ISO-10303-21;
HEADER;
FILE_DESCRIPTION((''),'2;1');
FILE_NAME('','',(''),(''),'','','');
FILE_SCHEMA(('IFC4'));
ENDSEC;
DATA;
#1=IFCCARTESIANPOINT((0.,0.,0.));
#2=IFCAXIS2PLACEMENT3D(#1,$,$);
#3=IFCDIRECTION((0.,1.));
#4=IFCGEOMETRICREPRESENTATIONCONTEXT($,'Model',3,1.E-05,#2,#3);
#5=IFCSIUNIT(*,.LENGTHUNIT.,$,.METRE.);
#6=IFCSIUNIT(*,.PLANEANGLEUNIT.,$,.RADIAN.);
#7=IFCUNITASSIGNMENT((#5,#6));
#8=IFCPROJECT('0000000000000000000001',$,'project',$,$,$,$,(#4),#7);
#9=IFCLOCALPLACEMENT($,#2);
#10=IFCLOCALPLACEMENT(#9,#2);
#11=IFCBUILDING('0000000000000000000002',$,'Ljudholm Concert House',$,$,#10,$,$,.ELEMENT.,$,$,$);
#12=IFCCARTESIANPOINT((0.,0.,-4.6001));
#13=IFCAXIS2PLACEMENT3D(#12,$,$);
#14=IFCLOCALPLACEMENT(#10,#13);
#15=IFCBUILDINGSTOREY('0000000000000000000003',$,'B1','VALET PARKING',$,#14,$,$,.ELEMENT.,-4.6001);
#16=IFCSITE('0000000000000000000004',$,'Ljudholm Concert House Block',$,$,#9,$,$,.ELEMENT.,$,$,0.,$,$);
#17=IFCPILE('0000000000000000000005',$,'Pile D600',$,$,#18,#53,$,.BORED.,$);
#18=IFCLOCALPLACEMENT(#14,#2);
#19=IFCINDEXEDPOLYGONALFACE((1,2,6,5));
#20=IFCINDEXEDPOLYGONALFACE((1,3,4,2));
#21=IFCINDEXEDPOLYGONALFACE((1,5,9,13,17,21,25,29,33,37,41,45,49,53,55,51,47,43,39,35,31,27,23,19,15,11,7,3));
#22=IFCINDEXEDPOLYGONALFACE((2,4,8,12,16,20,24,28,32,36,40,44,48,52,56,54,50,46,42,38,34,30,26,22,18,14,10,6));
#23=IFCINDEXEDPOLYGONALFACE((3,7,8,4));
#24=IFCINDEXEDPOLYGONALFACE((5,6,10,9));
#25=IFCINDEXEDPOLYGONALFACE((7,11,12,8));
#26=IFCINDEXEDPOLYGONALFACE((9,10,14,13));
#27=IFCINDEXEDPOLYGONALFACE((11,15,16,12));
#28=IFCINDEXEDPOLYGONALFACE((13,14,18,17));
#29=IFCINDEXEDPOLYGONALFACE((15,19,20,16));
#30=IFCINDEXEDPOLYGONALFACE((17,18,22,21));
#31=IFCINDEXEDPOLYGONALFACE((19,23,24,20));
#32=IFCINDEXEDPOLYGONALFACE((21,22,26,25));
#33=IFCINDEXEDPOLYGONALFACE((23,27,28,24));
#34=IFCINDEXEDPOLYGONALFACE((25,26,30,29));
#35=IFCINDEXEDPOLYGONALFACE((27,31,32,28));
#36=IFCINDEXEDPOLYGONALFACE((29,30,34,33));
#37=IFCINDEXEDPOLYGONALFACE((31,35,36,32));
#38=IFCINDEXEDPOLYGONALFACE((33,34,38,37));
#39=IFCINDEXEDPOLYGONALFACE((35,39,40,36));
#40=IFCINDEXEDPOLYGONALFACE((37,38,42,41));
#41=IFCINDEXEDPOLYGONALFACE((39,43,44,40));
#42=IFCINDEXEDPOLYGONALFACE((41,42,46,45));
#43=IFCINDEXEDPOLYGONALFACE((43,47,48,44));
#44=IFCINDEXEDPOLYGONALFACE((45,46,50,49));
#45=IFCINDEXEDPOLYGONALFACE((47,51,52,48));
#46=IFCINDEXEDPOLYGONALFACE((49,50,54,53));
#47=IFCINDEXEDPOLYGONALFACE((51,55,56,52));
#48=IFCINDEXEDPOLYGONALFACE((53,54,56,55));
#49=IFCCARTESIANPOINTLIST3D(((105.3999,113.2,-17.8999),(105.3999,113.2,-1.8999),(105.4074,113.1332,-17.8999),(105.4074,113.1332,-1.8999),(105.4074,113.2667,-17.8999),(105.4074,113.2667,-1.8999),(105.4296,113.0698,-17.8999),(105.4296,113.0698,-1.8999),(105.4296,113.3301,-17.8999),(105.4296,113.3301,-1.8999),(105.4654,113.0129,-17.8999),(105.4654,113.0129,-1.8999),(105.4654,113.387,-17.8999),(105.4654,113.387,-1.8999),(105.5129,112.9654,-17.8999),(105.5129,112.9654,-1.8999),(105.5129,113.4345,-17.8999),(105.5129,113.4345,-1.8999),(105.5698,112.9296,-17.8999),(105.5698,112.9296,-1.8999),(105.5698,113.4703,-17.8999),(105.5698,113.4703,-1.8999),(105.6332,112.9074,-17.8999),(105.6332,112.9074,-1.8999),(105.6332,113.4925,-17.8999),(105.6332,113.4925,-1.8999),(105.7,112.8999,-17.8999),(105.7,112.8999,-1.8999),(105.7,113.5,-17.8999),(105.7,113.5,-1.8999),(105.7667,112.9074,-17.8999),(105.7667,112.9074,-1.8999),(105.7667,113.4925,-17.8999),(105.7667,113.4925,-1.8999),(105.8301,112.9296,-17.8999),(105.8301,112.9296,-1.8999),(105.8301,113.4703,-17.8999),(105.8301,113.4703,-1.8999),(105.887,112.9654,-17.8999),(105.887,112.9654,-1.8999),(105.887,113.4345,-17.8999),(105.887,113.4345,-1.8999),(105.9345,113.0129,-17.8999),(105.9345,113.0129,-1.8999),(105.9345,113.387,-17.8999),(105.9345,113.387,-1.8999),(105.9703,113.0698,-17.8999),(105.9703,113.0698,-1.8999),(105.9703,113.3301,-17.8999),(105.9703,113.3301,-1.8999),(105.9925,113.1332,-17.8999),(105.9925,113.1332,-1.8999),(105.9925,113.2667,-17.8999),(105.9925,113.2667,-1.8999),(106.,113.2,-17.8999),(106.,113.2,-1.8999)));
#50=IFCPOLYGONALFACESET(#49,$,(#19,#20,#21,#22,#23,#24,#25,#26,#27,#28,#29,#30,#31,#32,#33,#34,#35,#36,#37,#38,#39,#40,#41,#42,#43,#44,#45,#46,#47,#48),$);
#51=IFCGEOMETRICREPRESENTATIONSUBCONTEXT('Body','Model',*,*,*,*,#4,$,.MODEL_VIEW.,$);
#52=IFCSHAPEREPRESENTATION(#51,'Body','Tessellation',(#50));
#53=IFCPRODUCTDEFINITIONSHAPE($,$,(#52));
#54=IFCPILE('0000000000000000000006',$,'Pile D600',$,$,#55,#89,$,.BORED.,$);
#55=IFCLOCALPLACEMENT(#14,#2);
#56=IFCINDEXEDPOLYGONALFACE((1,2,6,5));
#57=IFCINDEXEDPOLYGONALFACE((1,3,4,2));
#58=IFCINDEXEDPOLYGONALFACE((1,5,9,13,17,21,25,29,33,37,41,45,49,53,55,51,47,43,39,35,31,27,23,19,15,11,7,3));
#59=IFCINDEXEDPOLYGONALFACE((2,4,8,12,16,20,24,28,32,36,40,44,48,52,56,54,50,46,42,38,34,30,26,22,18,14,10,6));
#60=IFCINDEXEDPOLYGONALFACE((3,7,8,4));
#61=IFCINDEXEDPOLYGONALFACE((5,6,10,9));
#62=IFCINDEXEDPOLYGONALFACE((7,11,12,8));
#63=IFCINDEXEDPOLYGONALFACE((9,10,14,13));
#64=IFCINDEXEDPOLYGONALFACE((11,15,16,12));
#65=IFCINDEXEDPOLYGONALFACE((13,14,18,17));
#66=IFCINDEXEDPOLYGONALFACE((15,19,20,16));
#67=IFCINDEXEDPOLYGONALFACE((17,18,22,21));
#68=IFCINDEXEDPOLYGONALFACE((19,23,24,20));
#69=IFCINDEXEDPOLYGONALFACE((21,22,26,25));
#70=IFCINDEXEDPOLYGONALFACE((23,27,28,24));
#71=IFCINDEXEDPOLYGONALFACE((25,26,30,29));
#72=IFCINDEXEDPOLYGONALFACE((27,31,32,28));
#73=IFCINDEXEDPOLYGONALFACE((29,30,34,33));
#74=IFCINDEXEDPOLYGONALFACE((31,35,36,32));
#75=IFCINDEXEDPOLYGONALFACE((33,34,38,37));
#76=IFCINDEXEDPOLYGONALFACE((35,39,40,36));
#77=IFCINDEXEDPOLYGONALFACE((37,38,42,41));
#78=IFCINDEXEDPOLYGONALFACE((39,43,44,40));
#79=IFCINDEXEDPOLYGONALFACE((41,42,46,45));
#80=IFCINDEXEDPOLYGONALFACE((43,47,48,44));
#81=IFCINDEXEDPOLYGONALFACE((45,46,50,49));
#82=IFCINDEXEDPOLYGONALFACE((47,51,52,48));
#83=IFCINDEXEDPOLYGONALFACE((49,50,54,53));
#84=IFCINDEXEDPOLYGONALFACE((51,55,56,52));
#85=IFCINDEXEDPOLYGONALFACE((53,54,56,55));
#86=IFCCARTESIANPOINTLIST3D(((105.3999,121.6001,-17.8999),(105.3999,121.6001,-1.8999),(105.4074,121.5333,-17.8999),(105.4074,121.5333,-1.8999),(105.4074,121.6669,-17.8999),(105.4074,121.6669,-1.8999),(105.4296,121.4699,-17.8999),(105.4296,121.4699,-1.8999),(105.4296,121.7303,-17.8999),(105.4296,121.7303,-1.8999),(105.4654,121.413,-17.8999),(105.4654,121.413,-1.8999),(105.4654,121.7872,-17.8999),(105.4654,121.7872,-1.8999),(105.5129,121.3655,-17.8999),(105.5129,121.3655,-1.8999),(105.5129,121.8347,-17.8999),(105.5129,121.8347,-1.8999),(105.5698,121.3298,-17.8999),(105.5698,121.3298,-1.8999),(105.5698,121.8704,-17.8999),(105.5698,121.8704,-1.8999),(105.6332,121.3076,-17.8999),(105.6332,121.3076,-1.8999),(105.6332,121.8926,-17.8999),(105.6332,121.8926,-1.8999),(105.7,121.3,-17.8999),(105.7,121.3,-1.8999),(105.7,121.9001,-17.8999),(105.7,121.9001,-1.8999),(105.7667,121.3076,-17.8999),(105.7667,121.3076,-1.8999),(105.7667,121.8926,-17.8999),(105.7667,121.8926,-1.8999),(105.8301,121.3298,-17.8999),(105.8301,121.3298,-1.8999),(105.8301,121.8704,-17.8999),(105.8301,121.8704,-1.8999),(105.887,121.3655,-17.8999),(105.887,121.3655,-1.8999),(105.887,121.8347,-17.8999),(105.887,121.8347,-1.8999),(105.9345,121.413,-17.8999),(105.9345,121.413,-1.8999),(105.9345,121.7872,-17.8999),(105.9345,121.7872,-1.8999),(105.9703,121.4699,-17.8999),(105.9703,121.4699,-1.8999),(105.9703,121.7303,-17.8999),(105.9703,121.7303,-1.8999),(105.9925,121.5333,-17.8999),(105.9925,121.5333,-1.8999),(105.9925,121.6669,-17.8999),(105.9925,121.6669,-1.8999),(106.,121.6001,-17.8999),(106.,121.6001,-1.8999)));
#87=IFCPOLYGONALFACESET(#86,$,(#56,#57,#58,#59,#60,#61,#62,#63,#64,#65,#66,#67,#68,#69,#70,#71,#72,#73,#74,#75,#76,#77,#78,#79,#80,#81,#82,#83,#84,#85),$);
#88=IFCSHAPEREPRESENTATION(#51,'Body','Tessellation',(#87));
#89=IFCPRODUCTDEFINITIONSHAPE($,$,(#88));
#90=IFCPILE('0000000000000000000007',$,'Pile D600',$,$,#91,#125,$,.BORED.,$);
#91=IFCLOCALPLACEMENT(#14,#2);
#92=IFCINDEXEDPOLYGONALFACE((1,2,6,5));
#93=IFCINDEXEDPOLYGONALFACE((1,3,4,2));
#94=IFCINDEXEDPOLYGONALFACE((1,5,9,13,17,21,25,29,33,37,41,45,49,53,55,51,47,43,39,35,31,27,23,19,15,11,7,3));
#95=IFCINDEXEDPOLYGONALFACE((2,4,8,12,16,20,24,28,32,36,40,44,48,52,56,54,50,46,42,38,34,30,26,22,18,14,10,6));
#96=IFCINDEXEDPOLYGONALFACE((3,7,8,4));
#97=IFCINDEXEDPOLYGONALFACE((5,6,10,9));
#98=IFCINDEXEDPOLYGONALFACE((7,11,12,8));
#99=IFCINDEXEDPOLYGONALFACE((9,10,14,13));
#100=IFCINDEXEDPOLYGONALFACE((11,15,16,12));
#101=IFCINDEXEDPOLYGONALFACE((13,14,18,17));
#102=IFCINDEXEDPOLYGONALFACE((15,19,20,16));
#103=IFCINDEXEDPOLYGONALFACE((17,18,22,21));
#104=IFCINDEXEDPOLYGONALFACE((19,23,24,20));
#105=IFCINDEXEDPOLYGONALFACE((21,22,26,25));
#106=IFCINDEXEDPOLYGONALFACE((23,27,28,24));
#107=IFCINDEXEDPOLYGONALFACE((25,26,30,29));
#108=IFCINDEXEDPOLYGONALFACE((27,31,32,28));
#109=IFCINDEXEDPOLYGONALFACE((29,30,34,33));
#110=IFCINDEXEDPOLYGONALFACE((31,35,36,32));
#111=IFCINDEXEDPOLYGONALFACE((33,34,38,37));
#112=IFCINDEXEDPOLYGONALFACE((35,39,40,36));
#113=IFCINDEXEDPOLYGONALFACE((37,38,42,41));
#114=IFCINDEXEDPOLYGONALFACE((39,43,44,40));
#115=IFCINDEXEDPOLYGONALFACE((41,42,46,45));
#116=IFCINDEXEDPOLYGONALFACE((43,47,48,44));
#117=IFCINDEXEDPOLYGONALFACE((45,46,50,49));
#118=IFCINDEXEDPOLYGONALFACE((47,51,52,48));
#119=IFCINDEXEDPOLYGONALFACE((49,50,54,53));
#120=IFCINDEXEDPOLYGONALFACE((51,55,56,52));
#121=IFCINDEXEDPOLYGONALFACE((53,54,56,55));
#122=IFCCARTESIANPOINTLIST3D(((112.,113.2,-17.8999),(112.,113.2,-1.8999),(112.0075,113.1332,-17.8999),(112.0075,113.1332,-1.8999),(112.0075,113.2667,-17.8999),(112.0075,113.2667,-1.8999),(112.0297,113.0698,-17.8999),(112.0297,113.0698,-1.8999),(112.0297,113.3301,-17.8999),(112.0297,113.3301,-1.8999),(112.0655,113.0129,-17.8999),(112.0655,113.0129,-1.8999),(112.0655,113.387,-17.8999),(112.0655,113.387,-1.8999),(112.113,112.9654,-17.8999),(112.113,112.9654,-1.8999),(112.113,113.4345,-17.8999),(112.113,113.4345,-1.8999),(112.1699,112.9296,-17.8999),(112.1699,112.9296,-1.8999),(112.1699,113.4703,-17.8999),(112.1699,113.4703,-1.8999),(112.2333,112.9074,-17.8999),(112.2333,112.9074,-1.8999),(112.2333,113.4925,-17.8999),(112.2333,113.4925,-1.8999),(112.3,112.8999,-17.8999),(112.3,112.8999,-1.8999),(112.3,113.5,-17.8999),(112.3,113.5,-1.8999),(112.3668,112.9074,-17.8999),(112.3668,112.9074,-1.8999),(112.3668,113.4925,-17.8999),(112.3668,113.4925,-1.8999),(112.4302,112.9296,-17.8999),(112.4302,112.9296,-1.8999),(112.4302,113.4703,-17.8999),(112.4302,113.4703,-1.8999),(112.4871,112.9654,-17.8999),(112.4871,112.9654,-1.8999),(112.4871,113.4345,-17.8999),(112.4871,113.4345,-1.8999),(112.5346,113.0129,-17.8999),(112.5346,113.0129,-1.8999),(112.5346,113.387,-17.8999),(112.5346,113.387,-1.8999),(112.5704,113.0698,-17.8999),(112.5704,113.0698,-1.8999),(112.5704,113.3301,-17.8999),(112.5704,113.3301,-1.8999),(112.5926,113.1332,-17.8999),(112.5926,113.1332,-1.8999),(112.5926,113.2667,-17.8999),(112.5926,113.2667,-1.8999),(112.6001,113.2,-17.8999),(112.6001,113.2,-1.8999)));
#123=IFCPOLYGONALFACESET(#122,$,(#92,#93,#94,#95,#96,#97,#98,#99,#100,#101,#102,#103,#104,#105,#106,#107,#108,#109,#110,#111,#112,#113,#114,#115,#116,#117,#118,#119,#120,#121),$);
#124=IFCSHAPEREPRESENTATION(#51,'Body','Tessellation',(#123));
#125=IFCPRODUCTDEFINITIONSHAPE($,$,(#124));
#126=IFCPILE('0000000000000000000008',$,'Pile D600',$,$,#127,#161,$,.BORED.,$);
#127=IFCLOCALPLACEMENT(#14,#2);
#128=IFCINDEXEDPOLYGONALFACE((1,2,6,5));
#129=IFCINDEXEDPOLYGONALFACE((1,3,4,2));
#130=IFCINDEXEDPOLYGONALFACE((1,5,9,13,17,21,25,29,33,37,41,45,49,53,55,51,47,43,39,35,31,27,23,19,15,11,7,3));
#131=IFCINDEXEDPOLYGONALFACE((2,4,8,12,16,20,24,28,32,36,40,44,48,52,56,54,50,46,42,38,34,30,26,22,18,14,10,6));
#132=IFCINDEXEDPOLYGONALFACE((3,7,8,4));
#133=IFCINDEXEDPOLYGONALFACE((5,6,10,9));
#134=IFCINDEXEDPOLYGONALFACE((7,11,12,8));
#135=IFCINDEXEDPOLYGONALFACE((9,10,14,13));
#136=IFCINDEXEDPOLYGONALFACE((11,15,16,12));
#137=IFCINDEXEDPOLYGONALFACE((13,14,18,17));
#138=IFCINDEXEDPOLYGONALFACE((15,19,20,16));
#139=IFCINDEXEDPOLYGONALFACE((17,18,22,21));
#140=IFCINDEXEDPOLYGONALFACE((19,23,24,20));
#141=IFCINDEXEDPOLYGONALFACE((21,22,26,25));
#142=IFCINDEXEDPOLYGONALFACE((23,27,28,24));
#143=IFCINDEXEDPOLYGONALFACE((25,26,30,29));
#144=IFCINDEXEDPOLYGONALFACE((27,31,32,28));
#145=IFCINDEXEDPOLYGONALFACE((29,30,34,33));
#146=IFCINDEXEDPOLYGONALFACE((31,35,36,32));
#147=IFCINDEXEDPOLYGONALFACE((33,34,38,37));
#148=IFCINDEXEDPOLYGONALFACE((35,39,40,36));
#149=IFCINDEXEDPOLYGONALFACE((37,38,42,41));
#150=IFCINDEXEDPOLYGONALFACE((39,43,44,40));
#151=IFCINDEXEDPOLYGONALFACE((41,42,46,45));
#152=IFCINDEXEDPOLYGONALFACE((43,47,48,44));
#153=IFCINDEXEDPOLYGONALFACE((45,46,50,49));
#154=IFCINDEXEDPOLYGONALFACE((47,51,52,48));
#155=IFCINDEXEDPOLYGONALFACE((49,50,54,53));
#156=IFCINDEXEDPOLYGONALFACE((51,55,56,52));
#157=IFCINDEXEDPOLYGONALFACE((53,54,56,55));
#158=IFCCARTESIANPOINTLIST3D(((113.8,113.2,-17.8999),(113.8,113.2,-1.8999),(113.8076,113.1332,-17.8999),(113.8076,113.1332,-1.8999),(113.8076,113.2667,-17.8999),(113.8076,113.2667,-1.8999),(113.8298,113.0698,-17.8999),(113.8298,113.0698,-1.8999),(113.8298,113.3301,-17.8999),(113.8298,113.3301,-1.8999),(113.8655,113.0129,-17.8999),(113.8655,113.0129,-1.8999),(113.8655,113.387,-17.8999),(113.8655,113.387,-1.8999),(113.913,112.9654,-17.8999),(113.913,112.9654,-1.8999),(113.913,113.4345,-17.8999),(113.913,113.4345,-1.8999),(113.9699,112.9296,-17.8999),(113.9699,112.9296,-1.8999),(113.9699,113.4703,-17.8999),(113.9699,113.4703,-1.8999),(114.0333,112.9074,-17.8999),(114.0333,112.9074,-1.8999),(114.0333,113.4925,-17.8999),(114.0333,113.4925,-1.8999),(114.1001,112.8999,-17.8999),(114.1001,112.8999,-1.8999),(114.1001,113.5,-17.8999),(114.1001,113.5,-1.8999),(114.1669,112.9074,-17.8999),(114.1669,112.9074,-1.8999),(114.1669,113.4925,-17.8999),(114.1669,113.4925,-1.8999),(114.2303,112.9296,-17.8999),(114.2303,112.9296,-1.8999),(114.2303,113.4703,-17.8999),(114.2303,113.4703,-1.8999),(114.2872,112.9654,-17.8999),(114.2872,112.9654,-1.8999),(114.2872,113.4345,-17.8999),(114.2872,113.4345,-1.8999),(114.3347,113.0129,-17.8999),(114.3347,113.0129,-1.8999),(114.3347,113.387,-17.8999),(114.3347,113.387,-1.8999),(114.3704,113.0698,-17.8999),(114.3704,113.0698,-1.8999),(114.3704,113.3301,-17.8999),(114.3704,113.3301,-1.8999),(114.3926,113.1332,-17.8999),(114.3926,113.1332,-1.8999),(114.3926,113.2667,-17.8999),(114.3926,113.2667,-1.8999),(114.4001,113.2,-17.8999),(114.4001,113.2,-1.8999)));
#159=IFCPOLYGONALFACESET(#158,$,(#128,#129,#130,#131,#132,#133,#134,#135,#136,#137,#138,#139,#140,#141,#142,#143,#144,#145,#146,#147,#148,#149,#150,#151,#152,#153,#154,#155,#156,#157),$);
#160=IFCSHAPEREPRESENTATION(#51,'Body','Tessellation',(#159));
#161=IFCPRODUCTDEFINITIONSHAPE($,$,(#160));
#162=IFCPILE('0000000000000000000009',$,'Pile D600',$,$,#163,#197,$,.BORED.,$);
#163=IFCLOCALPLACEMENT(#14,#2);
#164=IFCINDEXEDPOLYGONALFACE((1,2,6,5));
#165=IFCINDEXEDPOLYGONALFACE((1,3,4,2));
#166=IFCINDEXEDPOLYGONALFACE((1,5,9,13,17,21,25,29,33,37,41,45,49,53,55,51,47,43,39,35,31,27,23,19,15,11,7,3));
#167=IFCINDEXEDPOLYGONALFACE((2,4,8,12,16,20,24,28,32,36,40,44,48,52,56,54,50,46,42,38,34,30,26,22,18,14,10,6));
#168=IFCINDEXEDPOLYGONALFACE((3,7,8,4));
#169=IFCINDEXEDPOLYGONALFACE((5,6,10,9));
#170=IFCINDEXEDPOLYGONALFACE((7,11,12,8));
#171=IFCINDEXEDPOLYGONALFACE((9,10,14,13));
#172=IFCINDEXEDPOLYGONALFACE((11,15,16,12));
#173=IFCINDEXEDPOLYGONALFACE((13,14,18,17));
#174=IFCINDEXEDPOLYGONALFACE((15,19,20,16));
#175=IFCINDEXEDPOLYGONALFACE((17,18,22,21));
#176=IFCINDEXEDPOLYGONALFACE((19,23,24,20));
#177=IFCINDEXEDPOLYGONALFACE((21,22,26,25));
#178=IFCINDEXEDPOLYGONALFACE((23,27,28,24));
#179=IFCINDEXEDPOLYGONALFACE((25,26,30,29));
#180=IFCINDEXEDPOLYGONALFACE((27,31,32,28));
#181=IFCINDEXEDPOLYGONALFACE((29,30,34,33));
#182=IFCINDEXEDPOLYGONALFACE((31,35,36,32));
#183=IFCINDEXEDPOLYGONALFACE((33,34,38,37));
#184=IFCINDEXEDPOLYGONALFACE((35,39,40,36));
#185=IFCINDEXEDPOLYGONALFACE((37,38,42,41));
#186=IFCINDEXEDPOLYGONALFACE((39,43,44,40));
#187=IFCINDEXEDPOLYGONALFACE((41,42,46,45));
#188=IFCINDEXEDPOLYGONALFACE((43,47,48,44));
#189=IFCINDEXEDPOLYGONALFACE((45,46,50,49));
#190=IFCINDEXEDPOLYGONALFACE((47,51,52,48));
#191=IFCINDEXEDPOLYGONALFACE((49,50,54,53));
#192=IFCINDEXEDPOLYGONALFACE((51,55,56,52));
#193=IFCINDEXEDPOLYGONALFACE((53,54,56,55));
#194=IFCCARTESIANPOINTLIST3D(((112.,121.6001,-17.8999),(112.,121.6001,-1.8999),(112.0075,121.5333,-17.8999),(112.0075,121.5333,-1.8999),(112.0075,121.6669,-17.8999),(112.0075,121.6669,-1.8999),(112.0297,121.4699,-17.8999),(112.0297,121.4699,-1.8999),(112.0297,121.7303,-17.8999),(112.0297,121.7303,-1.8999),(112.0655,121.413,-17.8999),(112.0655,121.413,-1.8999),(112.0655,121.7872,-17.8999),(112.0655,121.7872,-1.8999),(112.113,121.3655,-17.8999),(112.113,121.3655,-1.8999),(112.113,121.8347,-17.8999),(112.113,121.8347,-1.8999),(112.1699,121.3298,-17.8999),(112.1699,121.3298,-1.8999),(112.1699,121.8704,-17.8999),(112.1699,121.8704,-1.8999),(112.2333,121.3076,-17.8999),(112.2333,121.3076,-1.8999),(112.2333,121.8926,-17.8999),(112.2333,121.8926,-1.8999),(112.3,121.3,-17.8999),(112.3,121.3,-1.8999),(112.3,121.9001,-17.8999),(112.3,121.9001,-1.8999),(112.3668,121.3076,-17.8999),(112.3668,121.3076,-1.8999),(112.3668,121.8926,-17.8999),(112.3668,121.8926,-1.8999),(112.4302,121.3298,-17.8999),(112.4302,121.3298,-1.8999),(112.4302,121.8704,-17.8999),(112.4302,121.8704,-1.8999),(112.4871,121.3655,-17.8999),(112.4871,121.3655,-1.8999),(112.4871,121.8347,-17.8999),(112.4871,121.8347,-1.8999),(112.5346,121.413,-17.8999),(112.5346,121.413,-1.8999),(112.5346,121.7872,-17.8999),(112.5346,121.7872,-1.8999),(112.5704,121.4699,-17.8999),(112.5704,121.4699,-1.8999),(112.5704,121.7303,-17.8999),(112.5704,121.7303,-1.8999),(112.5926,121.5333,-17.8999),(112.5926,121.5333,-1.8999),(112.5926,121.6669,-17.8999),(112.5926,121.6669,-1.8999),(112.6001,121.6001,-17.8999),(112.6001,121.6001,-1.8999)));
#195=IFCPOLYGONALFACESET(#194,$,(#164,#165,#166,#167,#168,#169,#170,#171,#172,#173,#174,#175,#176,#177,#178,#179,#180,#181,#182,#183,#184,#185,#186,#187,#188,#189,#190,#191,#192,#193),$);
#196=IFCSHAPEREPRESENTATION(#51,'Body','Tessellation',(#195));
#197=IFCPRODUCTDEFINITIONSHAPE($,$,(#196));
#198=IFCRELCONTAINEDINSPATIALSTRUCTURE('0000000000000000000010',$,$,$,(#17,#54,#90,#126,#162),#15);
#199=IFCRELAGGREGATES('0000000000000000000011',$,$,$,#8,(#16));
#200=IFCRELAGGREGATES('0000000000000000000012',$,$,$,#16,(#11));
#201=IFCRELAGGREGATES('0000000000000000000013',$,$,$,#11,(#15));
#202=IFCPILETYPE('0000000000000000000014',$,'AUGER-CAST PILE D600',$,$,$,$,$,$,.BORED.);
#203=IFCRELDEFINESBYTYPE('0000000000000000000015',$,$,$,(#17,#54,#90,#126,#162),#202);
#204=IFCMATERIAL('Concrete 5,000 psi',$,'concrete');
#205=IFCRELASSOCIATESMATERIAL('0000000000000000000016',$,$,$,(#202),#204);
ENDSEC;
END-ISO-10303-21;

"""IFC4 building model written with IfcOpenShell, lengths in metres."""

from ifc_helpers import new_model, si_unit, direction, frame, origin, origin_2d, place, context, subcontext, project, spatial, circle, extrude, material, material_profile, profile_set, type_object, element, save


model = new_model("IFC4")

# Units and contexts
model_context = context("Model", 3, precision=1e-05, world=origin(), true_north=direction((0.0, 1.0)))
body_context = subcontext(model_context, "Body", "Model", "MODEL_VIEW")
ifc_project = project(units=[si_unit("LENGTHUNIT", "METRE"), si_unit("PLANEANGLEUNIT", "RADIAN")], contexts=[model_context])

# Site, building, storey
site_placement = place(None, origin())
site = spatial("IfcSite", under=ifc_project, at=site_placement, Name="Ljudholm Concert House Block", CompositionType="ELEMENT", RefElevation=0.0)
building_placement = place(site_placement, origin())
building = spatial("IfcBuilding", under=site, at=building_placement, Name="Ljudholm Concert House", CompositionType="ELEMENT")
storey_placement = place(building_placement, frame((0.0, 0.0, -4.6001)))
storey = spatial("IfcBuildingStorey", under=building, at=storey_placement, Name="B1", Description="VALET PARKING", CompositionType="ELEMENT", Elevation=-4.6001)

# Piles
ifc_material_1 = material(Name="Concrete 5,000 psi", Category="concrete")
ifc_material_profile_1 = material_profile(ifc_material_1, circle(Radius=0.3, at=origin_2d()), Name="AUGER-CAST PILE D600")
ifc_profile_set_1 = profile_set([ifc_material_profile_1], Name="Concrete 5,000 psi")
pile_type = type_object("IfcPileType", Name="AUGER-CAST PILE D600", PredefinedType="BORED", material=ifc_profile_set_1)
for number, where, z_axis, x_axis, name in (
    (1, (105.7, 113.2, -1.8999), (0.0, 0.0, -1.0), (1.0, 0.0, 0.0), "Pile D600"),
    (2, (105.7, 121.6001, -1.8999), (0.0, 0.0, -1.0), (1.0, 0.0, 0.0), "Pile D600"),
    (3, (112.3, 113.2, -1.8999), (0.0, 0.0, -1.0), (1.0, 0.0, 0.0), "Pile D600"),
    (4, (114.1001, 113.2, -1.8999), (0.0, 0.0, -1.0), (1.0, 0.0, 0.0), "Pile D600"),
    (5, (112.3, 121.6001, -1.8999), (0.0, 0.0, -1.0), (1.0, 0.0, 0.0), "Pile D600"),
):
    element("IfcPile", number, at=place(storey_placement, frame(where, z_axis=z_axis, x_axis=x_axis)), inside=storey, type_object=pile_type, Name=name, PredefinedType="BORED", context=body_context, shape_type="SweptSolid", body=[
        extrude(circle(Radius=0.3, at=origin_2d()), origin(), (0.0, 0.0, 1.0), 16.0),
    ])

save(model, "model.ifc")
